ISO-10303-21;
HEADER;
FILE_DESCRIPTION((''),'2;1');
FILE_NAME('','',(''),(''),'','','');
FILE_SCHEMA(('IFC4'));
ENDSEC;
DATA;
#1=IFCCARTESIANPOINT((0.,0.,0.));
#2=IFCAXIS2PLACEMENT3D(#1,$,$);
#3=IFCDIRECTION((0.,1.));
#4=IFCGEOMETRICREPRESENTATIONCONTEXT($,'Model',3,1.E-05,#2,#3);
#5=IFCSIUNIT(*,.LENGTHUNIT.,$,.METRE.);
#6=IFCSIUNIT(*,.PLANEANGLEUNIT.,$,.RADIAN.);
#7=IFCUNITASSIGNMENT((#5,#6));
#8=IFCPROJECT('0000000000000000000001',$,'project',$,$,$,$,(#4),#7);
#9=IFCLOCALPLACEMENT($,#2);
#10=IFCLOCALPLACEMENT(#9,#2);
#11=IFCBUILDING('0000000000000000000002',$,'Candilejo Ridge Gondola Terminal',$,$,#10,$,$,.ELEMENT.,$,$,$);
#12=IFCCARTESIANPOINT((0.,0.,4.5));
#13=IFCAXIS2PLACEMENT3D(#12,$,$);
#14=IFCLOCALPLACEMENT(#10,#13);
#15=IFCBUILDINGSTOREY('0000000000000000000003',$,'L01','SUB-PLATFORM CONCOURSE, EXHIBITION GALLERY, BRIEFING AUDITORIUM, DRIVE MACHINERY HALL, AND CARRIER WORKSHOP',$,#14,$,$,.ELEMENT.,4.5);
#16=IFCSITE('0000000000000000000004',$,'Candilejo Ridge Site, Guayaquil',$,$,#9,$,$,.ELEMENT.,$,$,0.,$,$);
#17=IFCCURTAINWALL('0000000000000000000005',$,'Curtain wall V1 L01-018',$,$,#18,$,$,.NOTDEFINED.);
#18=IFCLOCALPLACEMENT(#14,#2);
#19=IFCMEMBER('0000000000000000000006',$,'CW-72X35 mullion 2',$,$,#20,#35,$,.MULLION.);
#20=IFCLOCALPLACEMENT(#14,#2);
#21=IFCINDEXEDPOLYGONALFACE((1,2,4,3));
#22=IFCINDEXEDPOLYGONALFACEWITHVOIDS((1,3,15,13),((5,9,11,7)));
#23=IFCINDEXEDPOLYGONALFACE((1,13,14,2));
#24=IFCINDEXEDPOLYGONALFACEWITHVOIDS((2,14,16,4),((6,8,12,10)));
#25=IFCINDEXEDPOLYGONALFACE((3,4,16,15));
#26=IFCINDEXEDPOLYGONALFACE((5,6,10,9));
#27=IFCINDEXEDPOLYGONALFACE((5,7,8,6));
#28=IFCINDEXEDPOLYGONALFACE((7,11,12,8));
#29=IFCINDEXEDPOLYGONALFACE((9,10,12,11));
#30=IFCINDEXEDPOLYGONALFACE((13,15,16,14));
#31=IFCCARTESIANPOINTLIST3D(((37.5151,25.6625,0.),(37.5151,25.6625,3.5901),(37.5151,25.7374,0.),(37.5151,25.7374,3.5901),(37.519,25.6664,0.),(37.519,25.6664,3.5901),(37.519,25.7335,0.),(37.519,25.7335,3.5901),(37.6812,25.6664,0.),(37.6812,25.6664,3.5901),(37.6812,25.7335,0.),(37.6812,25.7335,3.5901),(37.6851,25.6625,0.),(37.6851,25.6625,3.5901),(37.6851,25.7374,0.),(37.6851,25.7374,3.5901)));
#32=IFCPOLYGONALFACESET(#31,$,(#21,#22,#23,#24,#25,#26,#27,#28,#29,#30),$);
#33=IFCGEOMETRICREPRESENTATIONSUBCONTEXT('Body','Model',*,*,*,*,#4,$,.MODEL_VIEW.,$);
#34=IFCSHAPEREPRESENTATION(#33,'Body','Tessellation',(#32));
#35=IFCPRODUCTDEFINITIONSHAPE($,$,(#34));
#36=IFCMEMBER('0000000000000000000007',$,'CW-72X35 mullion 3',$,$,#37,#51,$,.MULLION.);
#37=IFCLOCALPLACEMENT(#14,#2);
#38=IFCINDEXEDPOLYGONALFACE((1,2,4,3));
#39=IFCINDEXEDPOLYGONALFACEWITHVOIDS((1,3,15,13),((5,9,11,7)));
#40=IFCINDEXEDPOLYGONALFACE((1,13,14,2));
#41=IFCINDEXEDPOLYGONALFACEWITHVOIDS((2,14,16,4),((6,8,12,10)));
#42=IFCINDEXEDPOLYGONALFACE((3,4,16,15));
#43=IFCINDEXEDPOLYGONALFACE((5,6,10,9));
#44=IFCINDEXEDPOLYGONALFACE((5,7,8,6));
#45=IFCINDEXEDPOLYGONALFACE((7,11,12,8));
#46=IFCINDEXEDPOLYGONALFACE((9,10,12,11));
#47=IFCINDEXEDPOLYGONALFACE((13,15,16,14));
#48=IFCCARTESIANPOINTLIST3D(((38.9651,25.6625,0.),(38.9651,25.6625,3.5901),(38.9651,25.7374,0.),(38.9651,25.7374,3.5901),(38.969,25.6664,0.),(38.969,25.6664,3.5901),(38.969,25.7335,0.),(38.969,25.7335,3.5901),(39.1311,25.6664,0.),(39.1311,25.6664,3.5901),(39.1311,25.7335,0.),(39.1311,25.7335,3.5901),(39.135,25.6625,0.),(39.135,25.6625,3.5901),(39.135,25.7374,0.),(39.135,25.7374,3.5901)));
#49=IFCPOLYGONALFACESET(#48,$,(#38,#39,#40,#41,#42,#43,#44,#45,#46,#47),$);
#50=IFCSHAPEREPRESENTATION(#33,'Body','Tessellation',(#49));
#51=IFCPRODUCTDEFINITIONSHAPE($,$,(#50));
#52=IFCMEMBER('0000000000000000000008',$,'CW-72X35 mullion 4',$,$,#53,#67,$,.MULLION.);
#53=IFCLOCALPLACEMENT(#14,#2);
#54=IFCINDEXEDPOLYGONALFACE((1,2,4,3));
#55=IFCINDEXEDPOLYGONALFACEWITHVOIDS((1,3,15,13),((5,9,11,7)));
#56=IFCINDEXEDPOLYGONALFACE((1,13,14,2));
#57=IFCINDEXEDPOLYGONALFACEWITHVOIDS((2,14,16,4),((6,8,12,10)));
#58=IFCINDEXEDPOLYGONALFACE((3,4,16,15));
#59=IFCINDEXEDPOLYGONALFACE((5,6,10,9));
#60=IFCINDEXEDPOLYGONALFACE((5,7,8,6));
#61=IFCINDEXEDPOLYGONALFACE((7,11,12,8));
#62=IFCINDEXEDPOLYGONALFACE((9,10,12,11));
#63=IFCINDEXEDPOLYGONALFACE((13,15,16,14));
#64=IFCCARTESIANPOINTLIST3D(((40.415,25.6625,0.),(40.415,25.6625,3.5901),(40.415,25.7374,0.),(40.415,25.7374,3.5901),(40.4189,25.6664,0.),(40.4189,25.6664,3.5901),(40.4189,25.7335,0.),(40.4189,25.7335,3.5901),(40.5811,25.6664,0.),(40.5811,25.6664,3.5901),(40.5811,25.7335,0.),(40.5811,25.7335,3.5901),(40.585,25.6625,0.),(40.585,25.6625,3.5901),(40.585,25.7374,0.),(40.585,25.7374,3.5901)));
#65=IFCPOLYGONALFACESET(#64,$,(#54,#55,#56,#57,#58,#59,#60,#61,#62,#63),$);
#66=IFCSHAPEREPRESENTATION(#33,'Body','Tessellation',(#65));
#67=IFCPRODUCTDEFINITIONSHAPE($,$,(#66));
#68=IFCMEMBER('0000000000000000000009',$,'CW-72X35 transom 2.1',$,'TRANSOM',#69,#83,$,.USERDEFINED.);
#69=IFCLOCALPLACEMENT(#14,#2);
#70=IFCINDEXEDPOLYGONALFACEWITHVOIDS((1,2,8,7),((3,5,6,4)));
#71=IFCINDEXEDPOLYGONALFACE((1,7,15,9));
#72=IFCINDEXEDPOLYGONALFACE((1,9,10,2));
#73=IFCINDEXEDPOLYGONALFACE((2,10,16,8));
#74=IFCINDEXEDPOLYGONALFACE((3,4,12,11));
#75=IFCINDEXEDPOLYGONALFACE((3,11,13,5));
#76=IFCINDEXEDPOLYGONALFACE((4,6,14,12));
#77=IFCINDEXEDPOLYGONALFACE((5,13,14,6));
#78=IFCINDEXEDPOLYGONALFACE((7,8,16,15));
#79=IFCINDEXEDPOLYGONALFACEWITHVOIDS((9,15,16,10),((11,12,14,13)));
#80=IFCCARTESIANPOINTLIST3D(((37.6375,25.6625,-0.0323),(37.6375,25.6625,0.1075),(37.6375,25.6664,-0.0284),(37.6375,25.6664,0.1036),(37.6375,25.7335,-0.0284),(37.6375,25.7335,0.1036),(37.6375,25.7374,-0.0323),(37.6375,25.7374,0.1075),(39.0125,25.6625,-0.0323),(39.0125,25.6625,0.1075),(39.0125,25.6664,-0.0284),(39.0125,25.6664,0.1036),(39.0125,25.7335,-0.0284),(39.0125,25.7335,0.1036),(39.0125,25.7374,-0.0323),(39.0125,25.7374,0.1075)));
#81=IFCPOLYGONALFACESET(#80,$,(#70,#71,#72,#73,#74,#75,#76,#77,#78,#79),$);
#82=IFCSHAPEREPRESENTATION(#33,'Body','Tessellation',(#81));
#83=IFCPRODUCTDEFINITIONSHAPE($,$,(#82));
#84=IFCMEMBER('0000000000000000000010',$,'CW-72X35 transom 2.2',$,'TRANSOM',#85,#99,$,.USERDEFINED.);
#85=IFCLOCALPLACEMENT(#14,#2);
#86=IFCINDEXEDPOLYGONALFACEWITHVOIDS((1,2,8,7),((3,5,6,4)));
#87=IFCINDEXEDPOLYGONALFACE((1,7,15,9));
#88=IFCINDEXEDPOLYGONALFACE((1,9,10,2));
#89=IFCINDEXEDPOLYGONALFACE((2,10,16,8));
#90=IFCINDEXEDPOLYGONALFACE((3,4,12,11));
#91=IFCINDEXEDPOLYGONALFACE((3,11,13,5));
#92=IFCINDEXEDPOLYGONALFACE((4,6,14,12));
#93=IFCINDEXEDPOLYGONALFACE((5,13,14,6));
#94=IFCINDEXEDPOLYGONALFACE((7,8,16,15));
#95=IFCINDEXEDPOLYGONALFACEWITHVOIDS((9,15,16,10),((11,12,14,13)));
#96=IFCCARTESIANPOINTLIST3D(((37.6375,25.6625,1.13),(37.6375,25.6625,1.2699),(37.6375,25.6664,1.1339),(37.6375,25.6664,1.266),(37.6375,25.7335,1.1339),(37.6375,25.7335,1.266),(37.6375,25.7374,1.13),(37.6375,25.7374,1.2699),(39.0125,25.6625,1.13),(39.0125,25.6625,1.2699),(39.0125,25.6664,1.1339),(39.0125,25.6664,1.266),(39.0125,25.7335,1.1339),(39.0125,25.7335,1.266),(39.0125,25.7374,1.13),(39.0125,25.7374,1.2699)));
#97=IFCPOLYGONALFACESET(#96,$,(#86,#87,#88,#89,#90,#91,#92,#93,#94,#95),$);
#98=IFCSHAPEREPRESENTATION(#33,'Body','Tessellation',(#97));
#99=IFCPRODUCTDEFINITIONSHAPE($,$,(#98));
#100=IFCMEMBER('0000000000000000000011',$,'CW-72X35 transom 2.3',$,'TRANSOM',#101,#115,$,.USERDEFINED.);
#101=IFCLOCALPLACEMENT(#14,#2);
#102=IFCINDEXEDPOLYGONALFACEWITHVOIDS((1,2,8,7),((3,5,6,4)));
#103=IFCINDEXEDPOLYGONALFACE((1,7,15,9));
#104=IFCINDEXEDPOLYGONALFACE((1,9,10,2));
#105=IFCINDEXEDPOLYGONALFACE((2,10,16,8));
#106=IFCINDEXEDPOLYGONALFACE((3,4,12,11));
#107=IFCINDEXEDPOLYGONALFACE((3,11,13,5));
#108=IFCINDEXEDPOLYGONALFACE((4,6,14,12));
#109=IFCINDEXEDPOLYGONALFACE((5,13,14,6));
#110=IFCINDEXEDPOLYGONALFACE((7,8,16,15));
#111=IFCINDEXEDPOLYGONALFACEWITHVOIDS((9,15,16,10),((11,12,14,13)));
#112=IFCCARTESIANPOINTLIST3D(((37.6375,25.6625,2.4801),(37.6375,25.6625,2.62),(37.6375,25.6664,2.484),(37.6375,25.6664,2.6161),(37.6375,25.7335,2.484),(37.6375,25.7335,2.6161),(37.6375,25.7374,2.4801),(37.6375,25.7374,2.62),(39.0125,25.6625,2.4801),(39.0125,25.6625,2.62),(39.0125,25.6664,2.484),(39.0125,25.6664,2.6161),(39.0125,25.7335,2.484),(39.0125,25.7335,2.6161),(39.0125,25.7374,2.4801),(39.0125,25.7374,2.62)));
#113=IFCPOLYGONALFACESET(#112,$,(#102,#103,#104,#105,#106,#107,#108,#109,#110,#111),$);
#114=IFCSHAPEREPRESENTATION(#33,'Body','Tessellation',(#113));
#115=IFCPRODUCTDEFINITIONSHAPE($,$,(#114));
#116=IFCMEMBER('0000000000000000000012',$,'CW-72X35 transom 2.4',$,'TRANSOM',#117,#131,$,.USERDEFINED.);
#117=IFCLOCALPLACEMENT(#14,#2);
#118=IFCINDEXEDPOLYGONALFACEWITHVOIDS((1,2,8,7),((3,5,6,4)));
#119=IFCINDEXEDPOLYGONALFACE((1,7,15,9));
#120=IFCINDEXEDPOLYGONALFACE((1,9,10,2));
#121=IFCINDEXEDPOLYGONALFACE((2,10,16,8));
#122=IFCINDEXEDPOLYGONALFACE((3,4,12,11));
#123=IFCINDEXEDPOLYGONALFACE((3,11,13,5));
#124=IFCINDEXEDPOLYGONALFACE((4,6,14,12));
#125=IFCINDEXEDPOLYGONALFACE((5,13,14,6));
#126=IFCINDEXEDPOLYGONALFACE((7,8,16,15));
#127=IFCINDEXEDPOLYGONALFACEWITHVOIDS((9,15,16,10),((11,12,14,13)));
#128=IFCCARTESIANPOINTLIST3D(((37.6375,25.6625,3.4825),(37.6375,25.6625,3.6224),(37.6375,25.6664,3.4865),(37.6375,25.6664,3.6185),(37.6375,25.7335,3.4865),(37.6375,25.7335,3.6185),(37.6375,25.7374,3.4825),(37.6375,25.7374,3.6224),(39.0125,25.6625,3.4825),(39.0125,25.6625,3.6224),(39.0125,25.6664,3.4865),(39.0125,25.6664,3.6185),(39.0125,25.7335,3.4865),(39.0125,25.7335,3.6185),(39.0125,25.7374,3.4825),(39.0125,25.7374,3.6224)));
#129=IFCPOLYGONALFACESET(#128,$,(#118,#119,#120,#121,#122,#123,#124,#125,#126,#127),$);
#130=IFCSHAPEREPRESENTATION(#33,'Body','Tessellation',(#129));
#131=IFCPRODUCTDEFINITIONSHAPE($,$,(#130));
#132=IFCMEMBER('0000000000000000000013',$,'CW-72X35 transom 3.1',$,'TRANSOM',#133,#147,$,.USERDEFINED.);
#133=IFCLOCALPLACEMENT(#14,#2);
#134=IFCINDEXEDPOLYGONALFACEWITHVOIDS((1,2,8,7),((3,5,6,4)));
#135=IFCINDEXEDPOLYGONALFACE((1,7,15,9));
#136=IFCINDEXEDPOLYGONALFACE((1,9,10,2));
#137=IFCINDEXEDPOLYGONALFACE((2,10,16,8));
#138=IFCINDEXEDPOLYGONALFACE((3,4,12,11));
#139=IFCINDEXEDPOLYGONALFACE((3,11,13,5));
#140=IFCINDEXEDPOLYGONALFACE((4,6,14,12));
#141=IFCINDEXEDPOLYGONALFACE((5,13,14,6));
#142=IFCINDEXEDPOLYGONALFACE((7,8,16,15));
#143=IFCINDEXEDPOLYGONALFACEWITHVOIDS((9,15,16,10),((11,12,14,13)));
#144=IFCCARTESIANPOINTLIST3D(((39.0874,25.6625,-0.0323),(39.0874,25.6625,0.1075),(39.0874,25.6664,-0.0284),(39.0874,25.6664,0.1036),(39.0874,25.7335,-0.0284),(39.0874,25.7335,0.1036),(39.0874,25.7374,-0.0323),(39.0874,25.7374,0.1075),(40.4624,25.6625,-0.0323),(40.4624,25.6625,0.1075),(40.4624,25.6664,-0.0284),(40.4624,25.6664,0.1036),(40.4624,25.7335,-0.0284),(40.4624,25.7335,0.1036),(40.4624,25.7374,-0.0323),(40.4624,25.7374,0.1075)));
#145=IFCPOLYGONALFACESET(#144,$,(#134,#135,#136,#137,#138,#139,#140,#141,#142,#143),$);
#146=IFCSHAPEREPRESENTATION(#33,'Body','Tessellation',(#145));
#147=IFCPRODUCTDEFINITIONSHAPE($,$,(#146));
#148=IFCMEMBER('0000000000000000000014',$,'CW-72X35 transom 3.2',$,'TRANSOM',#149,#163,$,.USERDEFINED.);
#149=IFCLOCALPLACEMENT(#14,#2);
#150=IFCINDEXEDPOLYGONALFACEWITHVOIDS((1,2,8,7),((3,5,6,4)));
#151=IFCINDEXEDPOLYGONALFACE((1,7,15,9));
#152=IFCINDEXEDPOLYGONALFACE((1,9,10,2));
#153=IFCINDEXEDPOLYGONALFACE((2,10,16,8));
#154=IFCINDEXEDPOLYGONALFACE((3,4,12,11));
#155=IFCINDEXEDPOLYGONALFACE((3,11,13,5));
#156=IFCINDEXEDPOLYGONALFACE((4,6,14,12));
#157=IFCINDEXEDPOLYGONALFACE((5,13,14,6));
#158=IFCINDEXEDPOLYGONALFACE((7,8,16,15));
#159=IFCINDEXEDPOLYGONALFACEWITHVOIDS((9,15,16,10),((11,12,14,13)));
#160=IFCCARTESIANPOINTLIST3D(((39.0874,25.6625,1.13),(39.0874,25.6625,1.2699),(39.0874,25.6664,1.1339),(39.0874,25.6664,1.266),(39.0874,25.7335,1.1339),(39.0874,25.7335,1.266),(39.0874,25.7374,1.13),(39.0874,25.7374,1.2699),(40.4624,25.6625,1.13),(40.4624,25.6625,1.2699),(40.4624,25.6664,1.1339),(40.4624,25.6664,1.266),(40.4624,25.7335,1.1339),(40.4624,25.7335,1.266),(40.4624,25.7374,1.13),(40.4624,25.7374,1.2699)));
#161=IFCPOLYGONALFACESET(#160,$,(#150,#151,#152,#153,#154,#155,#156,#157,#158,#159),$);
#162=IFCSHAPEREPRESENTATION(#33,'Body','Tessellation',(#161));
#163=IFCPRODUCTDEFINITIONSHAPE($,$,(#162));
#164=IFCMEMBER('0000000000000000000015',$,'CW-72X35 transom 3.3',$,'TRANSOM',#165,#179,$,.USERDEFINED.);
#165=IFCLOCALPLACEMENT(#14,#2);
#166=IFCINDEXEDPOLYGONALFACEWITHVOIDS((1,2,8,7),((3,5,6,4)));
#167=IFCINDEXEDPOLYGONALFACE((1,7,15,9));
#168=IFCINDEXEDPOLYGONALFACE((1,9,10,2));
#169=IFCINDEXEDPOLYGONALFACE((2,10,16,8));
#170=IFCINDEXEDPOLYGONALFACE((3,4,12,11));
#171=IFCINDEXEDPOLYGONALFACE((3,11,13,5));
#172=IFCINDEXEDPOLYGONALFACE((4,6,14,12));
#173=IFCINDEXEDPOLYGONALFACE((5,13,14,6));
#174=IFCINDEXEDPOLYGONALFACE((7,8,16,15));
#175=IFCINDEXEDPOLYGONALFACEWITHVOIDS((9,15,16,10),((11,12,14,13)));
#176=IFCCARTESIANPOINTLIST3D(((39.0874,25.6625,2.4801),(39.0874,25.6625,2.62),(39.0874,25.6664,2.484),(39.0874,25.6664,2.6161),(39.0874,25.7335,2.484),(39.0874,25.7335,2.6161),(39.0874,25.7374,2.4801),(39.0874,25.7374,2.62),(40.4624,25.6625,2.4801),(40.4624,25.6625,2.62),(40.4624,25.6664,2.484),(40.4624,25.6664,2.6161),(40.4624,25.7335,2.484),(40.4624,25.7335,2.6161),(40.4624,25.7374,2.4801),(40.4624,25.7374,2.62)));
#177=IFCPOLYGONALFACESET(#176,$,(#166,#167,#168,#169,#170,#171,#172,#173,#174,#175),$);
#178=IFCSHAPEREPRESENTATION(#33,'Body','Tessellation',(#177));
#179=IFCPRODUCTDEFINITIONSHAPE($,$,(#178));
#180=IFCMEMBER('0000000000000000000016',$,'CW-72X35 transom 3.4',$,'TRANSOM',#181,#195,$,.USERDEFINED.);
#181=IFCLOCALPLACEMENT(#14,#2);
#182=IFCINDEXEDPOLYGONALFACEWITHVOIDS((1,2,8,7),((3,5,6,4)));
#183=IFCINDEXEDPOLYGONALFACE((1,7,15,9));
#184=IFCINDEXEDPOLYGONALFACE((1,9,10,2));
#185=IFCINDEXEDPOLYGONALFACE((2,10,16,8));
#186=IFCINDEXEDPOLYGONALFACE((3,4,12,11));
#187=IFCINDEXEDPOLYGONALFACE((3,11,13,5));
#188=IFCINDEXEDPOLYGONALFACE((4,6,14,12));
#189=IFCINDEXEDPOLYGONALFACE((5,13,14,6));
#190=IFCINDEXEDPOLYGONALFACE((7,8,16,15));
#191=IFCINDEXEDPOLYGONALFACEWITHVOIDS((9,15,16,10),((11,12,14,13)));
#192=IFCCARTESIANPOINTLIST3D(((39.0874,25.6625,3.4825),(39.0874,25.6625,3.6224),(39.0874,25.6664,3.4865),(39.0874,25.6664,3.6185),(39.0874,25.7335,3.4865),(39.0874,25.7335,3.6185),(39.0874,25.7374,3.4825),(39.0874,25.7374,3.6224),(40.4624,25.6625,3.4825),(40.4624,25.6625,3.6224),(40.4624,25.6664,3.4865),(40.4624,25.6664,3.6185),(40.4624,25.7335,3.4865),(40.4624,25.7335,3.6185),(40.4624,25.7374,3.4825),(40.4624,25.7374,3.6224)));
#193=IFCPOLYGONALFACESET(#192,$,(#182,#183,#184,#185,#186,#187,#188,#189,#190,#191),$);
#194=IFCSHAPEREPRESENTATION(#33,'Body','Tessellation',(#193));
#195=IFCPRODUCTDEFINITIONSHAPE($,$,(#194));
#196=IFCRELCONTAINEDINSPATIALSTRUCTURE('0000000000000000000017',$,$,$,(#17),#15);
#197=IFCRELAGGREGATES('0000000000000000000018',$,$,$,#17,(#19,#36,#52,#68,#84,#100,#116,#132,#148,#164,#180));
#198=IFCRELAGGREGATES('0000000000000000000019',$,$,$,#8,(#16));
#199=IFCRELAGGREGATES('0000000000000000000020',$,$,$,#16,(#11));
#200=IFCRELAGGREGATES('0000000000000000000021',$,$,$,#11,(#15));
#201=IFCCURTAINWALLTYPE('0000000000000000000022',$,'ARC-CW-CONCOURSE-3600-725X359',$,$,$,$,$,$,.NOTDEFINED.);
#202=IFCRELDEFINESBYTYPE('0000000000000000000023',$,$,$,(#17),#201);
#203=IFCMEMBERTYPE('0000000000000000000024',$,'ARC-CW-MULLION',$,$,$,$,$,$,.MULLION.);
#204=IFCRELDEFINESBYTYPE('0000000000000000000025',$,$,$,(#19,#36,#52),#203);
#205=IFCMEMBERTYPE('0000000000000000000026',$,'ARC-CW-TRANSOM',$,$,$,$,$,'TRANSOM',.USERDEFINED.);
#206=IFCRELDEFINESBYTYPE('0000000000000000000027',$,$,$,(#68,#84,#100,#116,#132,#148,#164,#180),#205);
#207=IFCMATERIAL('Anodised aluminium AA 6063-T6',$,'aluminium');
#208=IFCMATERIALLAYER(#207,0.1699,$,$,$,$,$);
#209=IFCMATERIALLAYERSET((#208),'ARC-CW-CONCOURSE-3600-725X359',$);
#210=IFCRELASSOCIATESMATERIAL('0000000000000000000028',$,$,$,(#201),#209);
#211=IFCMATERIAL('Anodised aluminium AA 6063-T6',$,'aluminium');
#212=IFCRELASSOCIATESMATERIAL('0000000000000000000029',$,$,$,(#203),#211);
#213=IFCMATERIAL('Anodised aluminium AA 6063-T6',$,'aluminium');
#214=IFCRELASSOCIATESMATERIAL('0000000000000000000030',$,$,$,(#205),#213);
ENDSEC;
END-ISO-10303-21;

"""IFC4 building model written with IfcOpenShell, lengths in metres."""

from ifc_helpers import new_model, si_unit, direction, frame, origin, origin_2d, place, context, subcontext, project, spatial, hollow_rectangle, extrude, material, layer, layer_set, material_profile, profile_set, type_object, element, aggregate, save


model = new_model("IFC4")

# Units and contexts
model_context = context("Model", 3, precision=1e-05, world=origin(), true_north=direction((0.0, 1.0)))
body_context = subcontext(model_context, "Body", "Model", "MODEL_VIEW")
ifc_project = project(units=[si_unit("LENGTHUNIT", "METRE"), si_unit("PLANEANGLEUNIT", "RADIAN")], contexts=[model_context])

# Site, building, storey
site_placement = place(None, origin())
site = spatial("IfcSite", under=ifc_project, at=site_placement, Name="Candilejo Ridge Site, Guayaquil", CompositionType="ELEMENT", RefElevation=0.0)
building_placement = place(site_placement, origin())
building = spatial("IfcBuilding", under=site, at=building_placement, Name="Candilejo Ridge Gondola Terminal", CompositionType="ELEMENT")
storey_placement = place(building_placement, frame((0.0, 0.0, 4.5)))
storey = spatial("IfcBuildingStorey", under=building, at=storey_placement, Name="L01", Description="SUB-PLATFORM CONCOURSE, EXHIBITION GALLERY, BRIEFING AUDITORIUM, DRIVE MACHINERY HALL, AND CARRIER WORKSHOP", CompositionType="ELEMENT", Elevation=4.5)

# Curtain wall, members
ifc_material_1 = material(Name="Anodised aluminium AA 6063-T6", Category="aluminium")
ifc_layer_1 = layer(ifc_material_1, 0.1699)
ifc_layer_set_1 = layer_set([ifc_layer_1], Name="ARC-CW-CONCOURSE-3600-725X359")
curtain_wall_type = type_object("IfcCurtainWallType", Name="ARC-CW-CONCOURSE-3600-725X359", PredefinedType="NOTDEFINED", material=ifc_layer_set_1)
curtain_wall_placement = place(storey_placement, origin())
curtain_wall = element("IfcCurtainWall", 1, at=curtain_wall_placement, inside=storey, type_object=curtain_wall_type, Name="Curtain wall V1 L01-018", PredefinedType="NOTDEFINED")
ifc_material_2 = material(Name="Anodised aluminium AA 6063-T6", Category="aluminium")
ifc_material_profile_1 = material_profile(ifc_material_2, hollow_rectangle(XDim=0.075, YDim=0.1699, WallThickness=0.0039, at=origin_2d()))
ifc_profile_set_1 = profile_set([ifc_material_profile_1], Name="Anodised aluminium AA 6063-T6")
member_type_1 = type_object("IfcMemberType", Name="ARC-CW-MULLION", PredefinedType="MULLION", material=ifc_profile_set_1)
member_1_placement = place(storey_placement, frame((37.6001, 25.7, 0.0), z_axis=(0.0, 0.0, 1.0), x_axis=(0.0, 1.0, 0.0)))
member_1 = element("IfcMember", 2, at=member_1_placement, type_object=member_type_1, Name="CW-72X35 mullion 2", PredefinedType="MULLION", context=body_context, shape_type="SweptSolid", body=[
    extrude(hollow_rectangle(XDim=0.075, YDim=0.1699, WallThickness=0.0039, at=origin_2d()), origin(), (0.0, 0.0, 1.0), 3.5901),
])
member_2_placement = place(storey_placement, frame((39.05, 25.7, 0.0), z_axis=(0.0, 0.0, 1.0), x_axis=(0.0, 1.0, 0.0)))
member_2 = element("IfcMember", 3, at=member_2_placement, type_object=member_type_1, Name="CW-72X35 mullion 3", PredefinedType="MULLION", context=body_context, shape_type="SweptSolid", body=[
    extrude(hollow_rectangle(XDim=0.075, YDim=0.1699, WallThickness=0.0039, at=origin_2d()), origin(), (0.0, 0.0, 1.0), 3.5901),
])
member_3_placement = place(storey_placement, frame((40.5, 25.7, 0.0), z_axis=(0.0, 0.0, 1.0), x_axis=(0.0, 1.0, 0.0)))
member_3 = element("IfcMember", 4, at=member_3_placement, type_object=member_type_1, Name="CW-72X35 mullion 4", PredefinedType="MULLION", context=body_context, shape_type="SweptSolid", body=[
    extrude(hollow_rectangle(XDim=0.075, YDim=0.1699, WallThickness=0.0039, at=origin_2d()), origin(), (0.0, 0.0, 1.0), 3.5901),
])
ifc_material_3 = material(Name="Anodised aluminium AA 6063-T6", Category="aluminium")
ifc_material_profile_2 = material_profile(ifc_material_3, hollow_rectangle(XDim=0.075, YDim=0.1399, WallThickness=0.0039, at=origin_2d()))
ifc_profile_set_2 = profile_set([ifc_material_profile_2], Name="Anodised aluminium AA 6063-T6")
member_type_2 = type_object("IfcMemberType", Name="ARC-CW-TRANSOM", ElementType="TRANSOM", PredefinedType="USERDEFINED", material=ifc_profile_set_2)
member_4_placement = place(storey_placement, frame((37.6375, 25.7, 0.0376), z_axis=(1.0, 0.0, 0.0), x_axis=(0.0, 1.0, 0.0)))
member_4 = element("IfcMember", 5, at=member_4_placement, type_object=member_type_2, Name="CW-72X35 transom 2.1", ObjectType="TRANSOM", PredefinedType="USERDEFINED", context=body_context, shape_type="SweptSolid", body=[
    extrude(hollow_rectangle(XDim=0.075, YDim=0.1399, WallThickness=0.0039, at=origin_2d()), origin(), (0.0, 0.0, 1.0), 1.375),
])
member_5_placement = place(storey_placement, frame((37.6375, 25.7, 1.2), z_axis=(1.0, 0.0, 0.0), x_axis=(0.0, 1.0, 0.0)))
member_5 = element("IfcMember", 6, at=member_5_placement, type_object=member_type_2, Name="CW-72X35 transom 2.2", ObjectType="TRANSOM", PredefinedType="USERDEFINED", context=body_context, shape_type="SweptSolid", body=[
    extrude(hollow_rectangle(XDim=0.075, YDim=0.1399, WallThickness=0.0039, at=origin_2d()), origin(), (0.0, 0.0, 1.0), 1.375),
])
member_6_placement = place(storey_placement, frame((37.6375, 25.7, 2.55), z_axis=(1.0, 0.0, 0.0), x_axis=(0.0, 1.0, 0.0)))
member_6 = element("IfcMember", 7, at=member_6_placement, type_object=member_type_2, Name="CW-72X35 transom 2.3", ObjectType="TRANSOM", PredefinedType="USERDEFINED", context=body_context, shape_type="SweptSolid", body=[
    extrude(hollow_rectangle(XDim=0.075, YDim=0.1399, WallThickness=0.0039, at=origin_2d()), origin(), (0.0, 0.0, 1.0), 1.375),
])
member_7_placement = place(storey_placement, frame((37.6375, 25.7, 3.5525), z_axis=(1.0, 0.0, 0.0), x_axis=(0.0, 1.0, 0.0)))
member_7 = element("IfcMember", 8, at=member_7_placement, type_object=member_type_2, Name="CW-72X35 transom 2.4", ObjectType="TRANSOM", PredefinedType="USERDEFINED", context=body_context, shape_type="SweptSolid", body=[
    extrude(hollow_rectangle(XDim=0.075, YDim=0.1399, WallThickness=0.0039, at=origin_2d()), origin(), (0.0, 0.0, 1.0), 1.375),
])
member_8_placement = place(storey_placement, frame((39.0874, 25.7, 0.0376), z_axis=(1.0, 0.0, 0.0), x_axis=(0.0, 1.0, 0.0)))
member_8 = element("IfcMember", 9, at=member_8_placement, type_object=member_type_2, Name="CW-72X35 transom 3.1", ObjectType="TRANSOM", PredefinedType="USERDEFINED", context=body_context, shape_type="SweptSolid", body=[
    extrude(hollow_rectangle(XDim=0.075, YDim=0.1399, WallThickness=0.0039, at=origin_2d()), origin(), (0.0, 0.0, 1.0), 1.375),
])
member_9_placement = place(storey_placement, frame((39.0874, 25.7, 1.2), z_axis=(1.0, 0.0, 0.0), x_axis=(0.0, 1.0, 0.0)))
member_9 = element("IfcMember", 10, at=member_9_placement, type_object=member_type_2, Name="CW-72X35 transom 3.2", ObjectType="TRANSOM", PredefinedType="USERDEFINED", context=body_context, shape_type="SweptSolid", body=[
    extrude(hollow_rectangle(XDim=0.075, YDim=0.1399, WallThickness=0.0039, at=origin_2d()), origin(), (0.0, 0.0, 1.0), 1.375),
])
member_10_placement = place(storey_placement, frame((39.0874, 25.7, 2.55), z_axis=(1.0, 0.0, 0.0), x_axis=(0.0, 1.0, 0.0)))
member_10 = element("IfcMember", 11, at=member_10_placement, type_object=member_type_2, Name="CW-72X35 transom 3.3", ObjectType="TRANSOM", PredefinedType="USERDEFINED", context=body_context, shape_type="SweptSolid", body=[
    extrude(hollow_rectangle(XDim=0.075, YDim=0.1399, WallThickness=0.0039, at=origin_2d()), origin(), (0.0, 0.0, 1.0), 1.375),
])
member_11_placement = place(storey_placement, frame((39.0874, 25.7, 3.5525), z_axis=(1.0, 0.0, 0.0), x_axis=(0.0, 1.0, 0.0)))
member_11 = element("IfcMember", 12, at=member_11_placement, type_object=member_type_2, Name="CW-72X35 transom 3.4", ObjectType="TRANSOM", PredefinedType="USERDEFINED", context=body_context, shape_type="SweptSolid", body=[
    extrude(hollow_rectangle(XDim=0.075, YDim=0.1399, WallThickness=0.0039, at=origin_2d()), origin(), (0.0, 0.0, 1.0), 1.375),
])
aggregate(curtain_wall, [member_1, member_2, member_3, member_4, member_5, member_6, member_7, member_8, member_9, member_10, member_11])

save(model, "model.ifc")
